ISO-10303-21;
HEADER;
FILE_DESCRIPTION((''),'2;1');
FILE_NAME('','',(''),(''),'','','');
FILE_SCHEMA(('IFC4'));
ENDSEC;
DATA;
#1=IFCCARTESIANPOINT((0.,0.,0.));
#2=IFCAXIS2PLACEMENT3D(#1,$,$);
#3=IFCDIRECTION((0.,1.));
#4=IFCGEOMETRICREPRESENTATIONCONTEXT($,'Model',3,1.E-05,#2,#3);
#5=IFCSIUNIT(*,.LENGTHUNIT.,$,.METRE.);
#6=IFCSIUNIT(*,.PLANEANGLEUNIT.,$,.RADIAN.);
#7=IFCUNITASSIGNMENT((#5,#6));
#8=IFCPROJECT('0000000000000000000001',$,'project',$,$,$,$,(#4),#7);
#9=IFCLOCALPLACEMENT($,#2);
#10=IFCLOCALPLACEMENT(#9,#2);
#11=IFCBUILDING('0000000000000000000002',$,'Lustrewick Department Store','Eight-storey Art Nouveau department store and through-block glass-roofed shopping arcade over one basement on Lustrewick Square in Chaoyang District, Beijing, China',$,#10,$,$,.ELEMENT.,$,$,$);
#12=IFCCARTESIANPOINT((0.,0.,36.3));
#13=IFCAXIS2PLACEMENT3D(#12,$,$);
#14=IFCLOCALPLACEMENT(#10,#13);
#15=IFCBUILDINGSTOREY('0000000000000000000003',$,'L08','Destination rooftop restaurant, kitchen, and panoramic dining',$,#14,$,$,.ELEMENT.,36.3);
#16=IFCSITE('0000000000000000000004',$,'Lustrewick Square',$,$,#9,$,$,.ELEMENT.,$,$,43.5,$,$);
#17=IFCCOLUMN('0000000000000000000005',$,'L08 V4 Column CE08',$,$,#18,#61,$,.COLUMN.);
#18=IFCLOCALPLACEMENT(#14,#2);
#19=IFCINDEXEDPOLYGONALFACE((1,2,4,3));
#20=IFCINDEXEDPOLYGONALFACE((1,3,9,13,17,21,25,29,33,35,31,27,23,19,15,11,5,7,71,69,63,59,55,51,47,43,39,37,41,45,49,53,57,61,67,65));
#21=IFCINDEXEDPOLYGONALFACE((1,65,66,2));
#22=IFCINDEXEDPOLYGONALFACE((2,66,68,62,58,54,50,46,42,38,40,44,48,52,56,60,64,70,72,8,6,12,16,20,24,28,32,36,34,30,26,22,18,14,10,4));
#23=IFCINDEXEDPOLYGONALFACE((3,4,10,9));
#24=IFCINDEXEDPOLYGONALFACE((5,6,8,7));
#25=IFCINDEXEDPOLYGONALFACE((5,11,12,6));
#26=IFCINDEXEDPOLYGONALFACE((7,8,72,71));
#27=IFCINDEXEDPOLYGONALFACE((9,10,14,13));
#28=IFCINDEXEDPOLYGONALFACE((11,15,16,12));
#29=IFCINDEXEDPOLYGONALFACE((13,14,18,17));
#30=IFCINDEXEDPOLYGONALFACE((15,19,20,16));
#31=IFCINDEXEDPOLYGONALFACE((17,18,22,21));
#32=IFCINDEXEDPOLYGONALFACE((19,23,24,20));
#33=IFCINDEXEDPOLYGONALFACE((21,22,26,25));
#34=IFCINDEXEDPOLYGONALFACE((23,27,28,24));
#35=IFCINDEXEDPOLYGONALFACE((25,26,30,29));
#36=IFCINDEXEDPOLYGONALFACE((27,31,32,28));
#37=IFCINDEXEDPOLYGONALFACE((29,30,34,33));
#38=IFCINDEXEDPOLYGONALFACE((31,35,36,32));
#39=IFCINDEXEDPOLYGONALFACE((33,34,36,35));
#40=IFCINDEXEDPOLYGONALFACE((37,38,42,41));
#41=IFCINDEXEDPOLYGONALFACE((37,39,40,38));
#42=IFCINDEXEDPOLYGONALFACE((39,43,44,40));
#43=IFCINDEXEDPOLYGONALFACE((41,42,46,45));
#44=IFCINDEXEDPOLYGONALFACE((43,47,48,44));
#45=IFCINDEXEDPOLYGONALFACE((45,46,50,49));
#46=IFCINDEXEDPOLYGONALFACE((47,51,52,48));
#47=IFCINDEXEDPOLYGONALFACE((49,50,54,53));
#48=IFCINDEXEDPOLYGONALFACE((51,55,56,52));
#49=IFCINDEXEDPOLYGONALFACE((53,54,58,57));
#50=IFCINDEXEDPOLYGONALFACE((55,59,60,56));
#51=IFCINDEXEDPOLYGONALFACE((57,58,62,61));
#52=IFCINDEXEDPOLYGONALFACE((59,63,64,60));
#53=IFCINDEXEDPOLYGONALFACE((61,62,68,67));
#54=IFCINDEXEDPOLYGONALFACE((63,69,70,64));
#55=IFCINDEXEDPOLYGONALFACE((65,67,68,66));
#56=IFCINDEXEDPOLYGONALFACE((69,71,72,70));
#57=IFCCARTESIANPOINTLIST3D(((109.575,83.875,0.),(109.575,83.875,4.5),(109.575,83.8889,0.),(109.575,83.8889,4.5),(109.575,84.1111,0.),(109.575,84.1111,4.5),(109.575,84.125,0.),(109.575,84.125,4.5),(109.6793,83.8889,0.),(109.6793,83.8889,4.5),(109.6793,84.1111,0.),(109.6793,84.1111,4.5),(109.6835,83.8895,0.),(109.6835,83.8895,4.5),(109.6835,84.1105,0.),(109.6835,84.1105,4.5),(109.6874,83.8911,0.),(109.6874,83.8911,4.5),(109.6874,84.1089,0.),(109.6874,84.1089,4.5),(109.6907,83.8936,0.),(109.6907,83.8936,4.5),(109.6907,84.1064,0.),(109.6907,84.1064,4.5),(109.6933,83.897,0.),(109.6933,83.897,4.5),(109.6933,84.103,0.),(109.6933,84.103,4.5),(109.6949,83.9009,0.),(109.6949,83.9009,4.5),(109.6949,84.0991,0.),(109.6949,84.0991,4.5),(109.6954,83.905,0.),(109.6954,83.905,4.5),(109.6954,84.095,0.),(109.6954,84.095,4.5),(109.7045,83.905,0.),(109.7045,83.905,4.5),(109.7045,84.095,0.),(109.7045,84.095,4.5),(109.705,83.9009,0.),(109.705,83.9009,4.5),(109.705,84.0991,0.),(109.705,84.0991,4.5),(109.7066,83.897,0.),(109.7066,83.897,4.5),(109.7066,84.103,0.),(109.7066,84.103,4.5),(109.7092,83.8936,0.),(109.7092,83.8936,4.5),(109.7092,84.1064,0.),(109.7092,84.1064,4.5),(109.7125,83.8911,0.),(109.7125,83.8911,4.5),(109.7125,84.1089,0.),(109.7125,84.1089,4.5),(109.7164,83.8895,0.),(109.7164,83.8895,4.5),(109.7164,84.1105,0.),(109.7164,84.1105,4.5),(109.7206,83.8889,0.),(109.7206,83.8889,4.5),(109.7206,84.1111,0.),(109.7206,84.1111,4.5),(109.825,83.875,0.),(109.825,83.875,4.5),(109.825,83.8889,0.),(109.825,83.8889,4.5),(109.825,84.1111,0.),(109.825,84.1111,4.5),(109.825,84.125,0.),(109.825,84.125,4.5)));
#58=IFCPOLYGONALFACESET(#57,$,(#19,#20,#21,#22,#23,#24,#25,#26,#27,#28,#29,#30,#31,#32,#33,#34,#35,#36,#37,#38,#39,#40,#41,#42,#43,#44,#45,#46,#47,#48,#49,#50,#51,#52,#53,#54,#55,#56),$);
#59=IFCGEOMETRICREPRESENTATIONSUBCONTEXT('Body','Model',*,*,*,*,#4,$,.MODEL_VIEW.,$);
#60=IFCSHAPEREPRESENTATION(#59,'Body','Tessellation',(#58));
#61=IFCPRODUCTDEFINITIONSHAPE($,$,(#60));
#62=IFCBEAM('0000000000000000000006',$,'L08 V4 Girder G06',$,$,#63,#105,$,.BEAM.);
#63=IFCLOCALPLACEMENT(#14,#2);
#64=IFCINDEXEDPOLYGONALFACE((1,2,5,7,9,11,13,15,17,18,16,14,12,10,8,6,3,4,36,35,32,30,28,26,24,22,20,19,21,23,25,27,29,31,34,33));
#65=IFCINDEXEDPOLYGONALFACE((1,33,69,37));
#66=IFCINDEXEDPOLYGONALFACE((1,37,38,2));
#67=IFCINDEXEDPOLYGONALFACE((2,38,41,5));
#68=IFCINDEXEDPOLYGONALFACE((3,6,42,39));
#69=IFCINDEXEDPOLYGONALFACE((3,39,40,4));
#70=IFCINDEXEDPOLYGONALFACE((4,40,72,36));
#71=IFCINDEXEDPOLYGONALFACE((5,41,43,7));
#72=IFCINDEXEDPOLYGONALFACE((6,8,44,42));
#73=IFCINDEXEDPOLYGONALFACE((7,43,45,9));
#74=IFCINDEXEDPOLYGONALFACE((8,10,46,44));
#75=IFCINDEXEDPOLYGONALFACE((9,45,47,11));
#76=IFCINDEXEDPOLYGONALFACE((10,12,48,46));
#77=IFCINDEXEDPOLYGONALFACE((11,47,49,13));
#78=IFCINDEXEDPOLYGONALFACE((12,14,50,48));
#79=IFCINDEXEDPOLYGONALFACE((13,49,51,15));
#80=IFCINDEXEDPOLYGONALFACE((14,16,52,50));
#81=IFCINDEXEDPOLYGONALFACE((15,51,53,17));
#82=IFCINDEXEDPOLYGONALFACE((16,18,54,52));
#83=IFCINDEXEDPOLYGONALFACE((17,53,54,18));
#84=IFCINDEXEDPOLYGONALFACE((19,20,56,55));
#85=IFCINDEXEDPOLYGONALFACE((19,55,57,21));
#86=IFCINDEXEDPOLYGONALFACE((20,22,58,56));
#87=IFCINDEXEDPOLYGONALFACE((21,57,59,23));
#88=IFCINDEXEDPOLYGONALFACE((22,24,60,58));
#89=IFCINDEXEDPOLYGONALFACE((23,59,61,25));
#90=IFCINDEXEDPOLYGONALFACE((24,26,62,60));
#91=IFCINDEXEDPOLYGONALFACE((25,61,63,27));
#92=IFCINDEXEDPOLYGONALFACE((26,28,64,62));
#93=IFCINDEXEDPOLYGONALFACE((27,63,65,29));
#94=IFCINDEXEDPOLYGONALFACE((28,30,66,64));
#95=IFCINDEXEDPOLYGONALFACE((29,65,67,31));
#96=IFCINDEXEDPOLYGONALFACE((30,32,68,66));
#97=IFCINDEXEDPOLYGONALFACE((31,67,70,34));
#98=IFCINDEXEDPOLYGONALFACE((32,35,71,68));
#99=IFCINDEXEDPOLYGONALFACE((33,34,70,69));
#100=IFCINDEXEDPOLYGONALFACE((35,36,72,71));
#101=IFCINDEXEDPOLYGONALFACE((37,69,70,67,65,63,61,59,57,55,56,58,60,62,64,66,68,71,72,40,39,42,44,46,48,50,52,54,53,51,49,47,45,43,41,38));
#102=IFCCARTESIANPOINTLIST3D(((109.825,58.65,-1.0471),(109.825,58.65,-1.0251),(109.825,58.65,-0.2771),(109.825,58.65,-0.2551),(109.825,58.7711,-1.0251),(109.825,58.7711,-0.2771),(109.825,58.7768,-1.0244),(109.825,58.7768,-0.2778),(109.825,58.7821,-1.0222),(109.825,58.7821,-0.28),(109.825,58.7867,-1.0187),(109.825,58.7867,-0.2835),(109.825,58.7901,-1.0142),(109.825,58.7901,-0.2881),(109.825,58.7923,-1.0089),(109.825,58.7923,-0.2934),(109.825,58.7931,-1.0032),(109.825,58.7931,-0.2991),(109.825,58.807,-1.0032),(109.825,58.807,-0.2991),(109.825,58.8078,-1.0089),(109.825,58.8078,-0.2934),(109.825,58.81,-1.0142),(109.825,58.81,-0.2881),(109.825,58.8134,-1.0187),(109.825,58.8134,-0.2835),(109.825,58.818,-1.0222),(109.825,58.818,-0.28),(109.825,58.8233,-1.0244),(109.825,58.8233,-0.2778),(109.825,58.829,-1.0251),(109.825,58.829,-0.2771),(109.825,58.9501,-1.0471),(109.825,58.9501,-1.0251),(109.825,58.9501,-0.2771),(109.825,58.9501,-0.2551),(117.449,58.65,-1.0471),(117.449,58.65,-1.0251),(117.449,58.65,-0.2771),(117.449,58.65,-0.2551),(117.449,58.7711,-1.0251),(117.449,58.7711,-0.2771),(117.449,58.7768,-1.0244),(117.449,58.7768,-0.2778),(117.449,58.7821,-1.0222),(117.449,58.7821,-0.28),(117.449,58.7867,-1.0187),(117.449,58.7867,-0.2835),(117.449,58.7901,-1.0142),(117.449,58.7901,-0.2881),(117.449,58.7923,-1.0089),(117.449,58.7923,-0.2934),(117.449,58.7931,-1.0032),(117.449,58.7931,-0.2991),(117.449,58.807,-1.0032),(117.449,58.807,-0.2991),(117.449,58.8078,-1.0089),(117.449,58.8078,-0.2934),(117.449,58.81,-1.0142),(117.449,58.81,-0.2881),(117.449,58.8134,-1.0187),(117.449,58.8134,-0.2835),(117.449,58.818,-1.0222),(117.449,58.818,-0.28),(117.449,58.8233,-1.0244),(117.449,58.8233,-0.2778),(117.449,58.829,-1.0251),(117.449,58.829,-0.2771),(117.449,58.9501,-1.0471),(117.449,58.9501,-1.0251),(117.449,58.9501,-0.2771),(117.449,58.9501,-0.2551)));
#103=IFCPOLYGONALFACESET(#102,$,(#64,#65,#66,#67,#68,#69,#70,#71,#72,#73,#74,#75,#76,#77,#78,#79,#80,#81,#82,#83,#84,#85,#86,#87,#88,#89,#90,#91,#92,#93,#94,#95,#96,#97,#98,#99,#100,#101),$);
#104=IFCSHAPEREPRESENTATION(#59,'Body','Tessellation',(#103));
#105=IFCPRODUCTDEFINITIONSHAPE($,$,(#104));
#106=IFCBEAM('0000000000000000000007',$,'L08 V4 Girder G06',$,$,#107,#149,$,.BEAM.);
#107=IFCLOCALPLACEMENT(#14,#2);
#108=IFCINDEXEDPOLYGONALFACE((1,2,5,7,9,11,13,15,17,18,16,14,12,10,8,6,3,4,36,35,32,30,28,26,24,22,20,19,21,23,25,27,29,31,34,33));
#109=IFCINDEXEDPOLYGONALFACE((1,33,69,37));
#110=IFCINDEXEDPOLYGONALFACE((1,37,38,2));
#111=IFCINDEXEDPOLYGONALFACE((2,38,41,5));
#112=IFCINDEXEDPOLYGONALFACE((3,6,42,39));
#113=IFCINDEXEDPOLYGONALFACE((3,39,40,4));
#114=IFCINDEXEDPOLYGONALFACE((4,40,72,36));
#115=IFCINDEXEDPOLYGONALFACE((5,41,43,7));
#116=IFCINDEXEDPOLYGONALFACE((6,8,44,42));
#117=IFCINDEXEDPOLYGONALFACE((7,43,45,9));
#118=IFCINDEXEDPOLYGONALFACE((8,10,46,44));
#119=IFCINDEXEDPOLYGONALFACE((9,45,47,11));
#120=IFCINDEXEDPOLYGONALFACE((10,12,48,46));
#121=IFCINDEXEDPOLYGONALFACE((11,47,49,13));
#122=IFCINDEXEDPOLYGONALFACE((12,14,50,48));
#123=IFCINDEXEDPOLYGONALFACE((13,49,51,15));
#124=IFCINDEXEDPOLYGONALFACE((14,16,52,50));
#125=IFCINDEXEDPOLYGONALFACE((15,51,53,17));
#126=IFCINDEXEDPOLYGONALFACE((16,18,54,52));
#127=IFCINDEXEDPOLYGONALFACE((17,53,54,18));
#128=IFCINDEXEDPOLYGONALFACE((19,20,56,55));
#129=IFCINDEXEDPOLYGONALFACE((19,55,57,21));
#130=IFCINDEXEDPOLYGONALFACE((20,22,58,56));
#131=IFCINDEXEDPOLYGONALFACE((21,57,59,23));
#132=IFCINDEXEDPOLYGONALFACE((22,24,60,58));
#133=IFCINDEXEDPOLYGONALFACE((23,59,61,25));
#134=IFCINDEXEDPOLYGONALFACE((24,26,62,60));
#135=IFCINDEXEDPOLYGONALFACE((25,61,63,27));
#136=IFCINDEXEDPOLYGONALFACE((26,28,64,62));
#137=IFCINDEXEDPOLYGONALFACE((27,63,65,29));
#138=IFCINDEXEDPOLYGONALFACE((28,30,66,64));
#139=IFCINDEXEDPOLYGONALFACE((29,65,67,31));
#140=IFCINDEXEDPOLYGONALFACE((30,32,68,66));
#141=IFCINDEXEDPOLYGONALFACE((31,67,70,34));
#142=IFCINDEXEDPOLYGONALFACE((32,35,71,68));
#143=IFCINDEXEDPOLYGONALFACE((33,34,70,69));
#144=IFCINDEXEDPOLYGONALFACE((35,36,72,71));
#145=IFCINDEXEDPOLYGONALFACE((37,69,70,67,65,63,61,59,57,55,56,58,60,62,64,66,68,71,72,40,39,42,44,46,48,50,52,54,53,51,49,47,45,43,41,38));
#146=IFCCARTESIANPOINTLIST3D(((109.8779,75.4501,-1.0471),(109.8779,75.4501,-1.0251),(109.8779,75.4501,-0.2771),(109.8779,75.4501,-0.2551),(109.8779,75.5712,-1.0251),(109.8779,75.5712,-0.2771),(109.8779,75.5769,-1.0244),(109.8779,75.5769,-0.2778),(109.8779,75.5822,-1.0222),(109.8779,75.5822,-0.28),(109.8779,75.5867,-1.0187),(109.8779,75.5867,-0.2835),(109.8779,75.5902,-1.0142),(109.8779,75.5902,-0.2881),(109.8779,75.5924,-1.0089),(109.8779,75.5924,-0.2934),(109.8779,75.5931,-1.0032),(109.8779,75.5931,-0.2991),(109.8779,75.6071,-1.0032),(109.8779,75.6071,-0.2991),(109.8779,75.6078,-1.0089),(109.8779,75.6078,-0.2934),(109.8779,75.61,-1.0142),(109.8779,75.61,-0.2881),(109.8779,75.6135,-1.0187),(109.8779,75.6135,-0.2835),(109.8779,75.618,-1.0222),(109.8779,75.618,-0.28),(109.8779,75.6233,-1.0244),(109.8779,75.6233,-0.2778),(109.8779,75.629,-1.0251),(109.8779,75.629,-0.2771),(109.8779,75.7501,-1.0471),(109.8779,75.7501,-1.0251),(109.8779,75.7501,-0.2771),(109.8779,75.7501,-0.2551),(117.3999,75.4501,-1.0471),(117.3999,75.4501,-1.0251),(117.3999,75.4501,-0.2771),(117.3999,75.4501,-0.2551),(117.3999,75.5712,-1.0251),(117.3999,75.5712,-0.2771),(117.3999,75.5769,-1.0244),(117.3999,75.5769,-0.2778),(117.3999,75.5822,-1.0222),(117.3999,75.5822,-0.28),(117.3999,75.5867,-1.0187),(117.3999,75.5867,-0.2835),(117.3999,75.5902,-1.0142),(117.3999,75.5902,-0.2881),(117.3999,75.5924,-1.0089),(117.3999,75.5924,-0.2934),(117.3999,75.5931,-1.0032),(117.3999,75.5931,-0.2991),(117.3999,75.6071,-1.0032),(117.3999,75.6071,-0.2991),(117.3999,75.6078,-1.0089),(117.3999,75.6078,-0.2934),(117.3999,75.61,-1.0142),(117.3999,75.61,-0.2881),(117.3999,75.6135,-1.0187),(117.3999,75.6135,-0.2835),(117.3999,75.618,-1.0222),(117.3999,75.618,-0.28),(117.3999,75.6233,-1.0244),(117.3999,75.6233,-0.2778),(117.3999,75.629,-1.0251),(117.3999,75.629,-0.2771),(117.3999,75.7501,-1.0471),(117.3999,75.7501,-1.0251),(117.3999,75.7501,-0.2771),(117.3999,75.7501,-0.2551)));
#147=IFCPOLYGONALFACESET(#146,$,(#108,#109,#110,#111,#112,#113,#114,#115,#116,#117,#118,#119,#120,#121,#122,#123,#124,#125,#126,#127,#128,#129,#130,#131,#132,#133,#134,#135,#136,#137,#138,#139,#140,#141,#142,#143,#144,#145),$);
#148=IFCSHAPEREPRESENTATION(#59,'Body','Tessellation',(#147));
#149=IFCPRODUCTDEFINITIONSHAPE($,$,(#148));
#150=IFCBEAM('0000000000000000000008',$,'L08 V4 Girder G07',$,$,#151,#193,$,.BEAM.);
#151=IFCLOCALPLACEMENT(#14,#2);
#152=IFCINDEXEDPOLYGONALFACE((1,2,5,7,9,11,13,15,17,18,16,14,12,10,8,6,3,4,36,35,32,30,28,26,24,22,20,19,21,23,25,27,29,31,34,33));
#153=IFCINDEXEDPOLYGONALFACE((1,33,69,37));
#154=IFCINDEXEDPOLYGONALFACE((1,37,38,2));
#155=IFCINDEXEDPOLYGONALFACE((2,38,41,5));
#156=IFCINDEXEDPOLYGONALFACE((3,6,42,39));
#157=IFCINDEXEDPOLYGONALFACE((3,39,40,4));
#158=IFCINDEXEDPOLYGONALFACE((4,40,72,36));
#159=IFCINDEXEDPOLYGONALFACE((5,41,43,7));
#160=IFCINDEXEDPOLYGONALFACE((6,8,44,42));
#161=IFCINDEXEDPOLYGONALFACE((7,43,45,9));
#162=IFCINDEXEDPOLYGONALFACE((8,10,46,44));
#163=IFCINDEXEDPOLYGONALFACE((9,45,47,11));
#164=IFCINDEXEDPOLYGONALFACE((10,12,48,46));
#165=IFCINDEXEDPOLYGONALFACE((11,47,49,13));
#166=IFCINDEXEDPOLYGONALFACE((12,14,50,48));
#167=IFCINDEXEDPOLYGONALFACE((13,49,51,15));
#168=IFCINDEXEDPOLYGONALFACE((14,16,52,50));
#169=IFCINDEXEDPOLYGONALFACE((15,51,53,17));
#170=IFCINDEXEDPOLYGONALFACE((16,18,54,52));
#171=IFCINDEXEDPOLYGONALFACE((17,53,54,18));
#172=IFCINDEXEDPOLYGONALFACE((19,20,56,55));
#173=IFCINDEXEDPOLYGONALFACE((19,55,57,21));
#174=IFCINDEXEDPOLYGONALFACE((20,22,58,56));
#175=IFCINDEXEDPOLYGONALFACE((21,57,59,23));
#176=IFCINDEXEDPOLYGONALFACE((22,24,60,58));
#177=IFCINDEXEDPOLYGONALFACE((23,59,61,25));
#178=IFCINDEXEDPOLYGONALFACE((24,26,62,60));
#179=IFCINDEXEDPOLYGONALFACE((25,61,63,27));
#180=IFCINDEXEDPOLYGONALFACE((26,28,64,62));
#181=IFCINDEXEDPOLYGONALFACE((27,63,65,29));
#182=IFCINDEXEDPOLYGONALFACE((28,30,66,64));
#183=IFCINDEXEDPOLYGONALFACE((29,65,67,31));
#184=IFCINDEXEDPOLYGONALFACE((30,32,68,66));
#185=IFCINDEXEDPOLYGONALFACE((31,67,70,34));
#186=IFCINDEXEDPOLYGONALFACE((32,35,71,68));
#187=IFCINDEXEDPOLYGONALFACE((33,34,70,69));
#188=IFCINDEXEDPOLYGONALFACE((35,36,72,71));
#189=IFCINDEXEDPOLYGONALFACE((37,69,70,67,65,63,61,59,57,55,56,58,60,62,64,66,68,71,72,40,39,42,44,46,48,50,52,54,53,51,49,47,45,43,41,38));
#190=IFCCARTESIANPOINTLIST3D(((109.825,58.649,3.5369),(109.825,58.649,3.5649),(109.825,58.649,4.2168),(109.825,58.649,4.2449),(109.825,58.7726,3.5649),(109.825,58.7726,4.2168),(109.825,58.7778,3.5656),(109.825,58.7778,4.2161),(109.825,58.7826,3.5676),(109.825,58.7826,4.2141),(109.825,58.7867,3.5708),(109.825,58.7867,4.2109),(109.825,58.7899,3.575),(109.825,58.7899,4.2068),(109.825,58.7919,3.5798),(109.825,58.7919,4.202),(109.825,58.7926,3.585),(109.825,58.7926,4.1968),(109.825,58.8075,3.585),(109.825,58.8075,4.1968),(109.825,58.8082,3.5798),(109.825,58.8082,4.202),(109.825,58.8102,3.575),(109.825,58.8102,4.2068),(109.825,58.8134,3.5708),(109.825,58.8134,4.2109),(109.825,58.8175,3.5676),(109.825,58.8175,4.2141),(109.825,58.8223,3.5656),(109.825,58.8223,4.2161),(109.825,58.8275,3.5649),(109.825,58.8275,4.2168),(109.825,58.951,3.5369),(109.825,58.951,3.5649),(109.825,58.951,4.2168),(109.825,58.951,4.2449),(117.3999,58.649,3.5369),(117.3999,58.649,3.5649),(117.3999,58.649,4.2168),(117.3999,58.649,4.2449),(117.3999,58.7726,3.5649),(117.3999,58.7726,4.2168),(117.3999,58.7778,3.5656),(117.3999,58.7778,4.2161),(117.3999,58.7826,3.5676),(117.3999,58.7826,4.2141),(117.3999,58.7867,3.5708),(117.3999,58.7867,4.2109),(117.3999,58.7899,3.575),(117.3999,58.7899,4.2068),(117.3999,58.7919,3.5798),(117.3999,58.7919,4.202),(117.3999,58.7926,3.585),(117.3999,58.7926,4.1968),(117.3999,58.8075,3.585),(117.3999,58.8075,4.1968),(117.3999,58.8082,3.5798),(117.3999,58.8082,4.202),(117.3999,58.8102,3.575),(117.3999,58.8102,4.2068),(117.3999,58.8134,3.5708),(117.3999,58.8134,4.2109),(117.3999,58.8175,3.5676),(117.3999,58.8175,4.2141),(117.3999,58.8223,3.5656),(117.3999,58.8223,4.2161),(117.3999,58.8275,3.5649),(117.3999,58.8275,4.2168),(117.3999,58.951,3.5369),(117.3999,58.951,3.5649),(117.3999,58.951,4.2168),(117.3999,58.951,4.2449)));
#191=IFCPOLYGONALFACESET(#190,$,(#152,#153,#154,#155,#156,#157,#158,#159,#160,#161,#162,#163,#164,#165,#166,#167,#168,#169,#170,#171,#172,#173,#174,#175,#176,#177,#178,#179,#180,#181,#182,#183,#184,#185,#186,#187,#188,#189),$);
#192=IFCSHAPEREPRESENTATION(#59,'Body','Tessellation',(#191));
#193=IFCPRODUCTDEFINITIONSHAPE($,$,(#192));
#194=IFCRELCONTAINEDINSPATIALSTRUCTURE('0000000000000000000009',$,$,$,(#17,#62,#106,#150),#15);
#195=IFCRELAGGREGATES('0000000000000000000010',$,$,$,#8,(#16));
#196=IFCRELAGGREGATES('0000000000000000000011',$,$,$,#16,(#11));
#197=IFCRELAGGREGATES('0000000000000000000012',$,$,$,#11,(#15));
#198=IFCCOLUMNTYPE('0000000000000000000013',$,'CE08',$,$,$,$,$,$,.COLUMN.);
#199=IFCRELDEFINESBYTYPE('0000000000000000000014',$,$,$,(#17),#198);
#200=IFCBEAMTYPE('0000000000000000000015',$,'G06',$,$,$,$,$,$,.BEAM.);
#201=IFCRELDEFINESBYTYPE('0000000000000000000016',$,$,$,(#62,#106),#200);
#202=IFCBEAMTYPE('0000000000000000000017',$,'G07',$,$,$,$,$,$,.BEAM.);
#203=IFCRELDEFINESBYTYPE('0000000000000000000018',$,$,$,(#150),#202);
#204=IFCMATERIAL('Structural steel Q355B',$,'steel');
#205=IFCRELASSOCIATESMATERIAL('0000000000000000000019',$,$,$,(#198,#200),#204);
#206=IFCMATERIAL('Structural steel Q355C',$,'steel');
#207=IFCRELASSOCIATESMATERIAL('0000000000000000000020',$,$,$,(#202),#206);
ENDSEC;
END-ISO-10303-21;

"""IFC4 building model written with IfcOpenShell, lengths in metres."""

from ifc_helpers import new_model, si_unit, direction, frame, origin, origin_2d, place, context, subcontext, project, spatial, i_section, extrude, material, material_profile, profile_set, type_object, element, save


model = new_model("IFC4")

# Units and contexts
model_context = context("Model", 3, precision=1e-05, world=origin(), true_north=direction((0.0, 1.0)))
body_context = subcontext(model_context, "Body", "Model", "MODEL_VIEW")
ifc_project = project(units=[si_unit("LENGTHUNIT", "METRE"), si_unit("PLANEANGLEUNIT", "RADIAN")], contexts=[model_context])

# Site, building, storey
site_placement = place(None, origin())
site = spatial("IfcSite", under=ifc_project, at=site_placement, Name="Lustrewick Square", CompositionType="ELEMENT", RefElevation=43.5)
building_placement = place(site_placement, origin())
building = spatial("IfcBuilding", under=site, at=building_placement, Name="Lustrewick Department Store", Description="Eight-storey Art Nouveau department store and through-block glass-roofed shopping arcade over one basement on Lustrewick Square in Chaoyang District, Beijing, China", CompositionType="ELEMENT")
storey_placement = place(building_placement, frame((0.0, 0.0, 36.3)))
storey = spatial("IfcBuildingStorey", under=building, at=storey_placement, Name="L08", Description="Destination rooftop restaurant, kitchen, and panoramic dining", CompositionType="ELEMENT", Elevation=36.3)

# Column
ifc_material_1 = material(Name="Structural steel Q355B", Category="steel")
ifc_material_profile_1 = material_profile(ifc_material_1, i_section(OverallWidth=0.25, OverallDepth=0.25, WebThickness=0.009, FlangeThickness=0.0139, FilletRadius=0.0161, at=origin_2d()), Name="HW 250x250x9x14")
ifc_profile_set_1 = profile_set([ifc_material_profile_1], Name="Structural steel Q355B")
column_type_1 = type_object("IfcColumnType", Name="CE08", PredefinedType="COLUMN", material=ifc_profile_set_1)
for number, where, z_axis, x_axis, name in (
    (1, (109.7, 84.0, 0.0), (0.0, 0.0, 1.0), (1.0, 0.0, 0.0), "L08 V4 Column CE08"),
):
    element("IfcColumn", number, at=place(storey_placement, frame(where, z_axis=z_axis, x_axis=x_axis)), inside=storey, type_object=column_type_1, Name=name, PredefinedType="COLUMN", context=body_context, shape_type="SweptSolid", body=[
        extrude(i_section(OverallWidth=0.25, OverallDepth=0.25, WebThickness=0.009, FlangeThickness=0.0139, FilletRadius=0.0161, at=origin_2d()), origin(), (0.0, 0.0, 1.0), 4.5),
    ])

# Beams
ifc_material_profile_2 = material_profile(ifc_material_1, i_section(OverallWidth=0.3, OverallDepth=0.792, WebThickness=0.0139, FlangeThickness=0.022, FilletRadius=0.022, at=origin_2d()), Name="HN 792x300x14x22")
ifc_profile_set_2 = profile_set([ifc_material_profile_2], Name="Structural steel Q355B")
beam_type_1 = type_object("IfcBeamType", Name="G06", PredefinedType="BEAM", material=ifc_profile_set_2)
beam_1_placement = place(storey_placement, frame((109.825, 58.8, -0.6511), z_axis=(1.0, 0.0, 0.0), x_axis=(0.0, 1.0, 0.0)))
element("IfcBeam", 2, at=beam_1_placement, inside=storey, type_object=beam_type_1, Name="L08 V4 Girder G06", PredefinedType="BEAM", context=body_context, shape_type="SweptSolid", body=[
    extrude(i_section(OverallWidth=0.3, OverallDepth=0.792, WebThickness=0.0139, FlangeThickness=0.022, FilletRadius=0.022, at=origin_2d()), origin(), (0.0, 0.0, 1.0), 7.624),
])
beam_2_placement = place(storey_placement, frame((109.8779, 75.6001, -0.6511), z_axis=(1.0, 0.0, 0.0), x_axis=(0.0, 1.0, 0.0)))
element("IfcBeam", 3, at=beam_2_placement, inside=storey, type_object=beam_type_1, Name="L08 V4 Girder G06", PredefinedType="BEAM", context=body_context, shape_type="SweptSolid", body=[
    extrude(i_section(OverallWidth=0.3, OverallDepth=0.792, WebThickness=0.0139, FlangeThickness=0.022, FilletRadius=0.022, at=origin_2d()), origin(), (0.0, 0.0, 1.0), 7.522),
])
ifc_material_2 = material(Name="Structural steel Q355C", Category="steel")
ifc_material_profile_3 = material_profile(ifc_material_2, i_section(OverallWidth=0.302, OverallDepth=0.708, WebThickness=0.0149, FlangeThickness=0.0281, FilletRadius=0.02, at=origin_2d()), Name="HN 708x302x15x28")
ifc_profile_set_3 = profile_set([ifc_material_profile_3], Name="Structural steel Q355C")
beam_type_2 = type_object("IfcBeamType", Name="G07", PredefinedType="BEAM", material=ifc_profile_set_3)
beam_3_placement = place(storey_placement, frame((109.825, 58.8, 3.8909), z_axis=(1.0, 0.0, 0.0), x_axis=(0.0, 1.0, 0.0)))
element("IfcBeam", 4, at=beam_3_placement, inside=storey, type_object=beam_type_2, Name="L08 V4 Girder G07", PredefinedType="BEAM", context=body_context, shape_type="SweptSolid", body=[
    extrude(i_section(OverallWidth=0.302, OverallDepth=0.708, WebThickness=0.0149, FlangeThickness=0.0281, FilletRadius=0.02, at=origin_2d()), origin(), (0.0, 0.0, 1.0), 7.575),
])

save(model, "model.ifc")
